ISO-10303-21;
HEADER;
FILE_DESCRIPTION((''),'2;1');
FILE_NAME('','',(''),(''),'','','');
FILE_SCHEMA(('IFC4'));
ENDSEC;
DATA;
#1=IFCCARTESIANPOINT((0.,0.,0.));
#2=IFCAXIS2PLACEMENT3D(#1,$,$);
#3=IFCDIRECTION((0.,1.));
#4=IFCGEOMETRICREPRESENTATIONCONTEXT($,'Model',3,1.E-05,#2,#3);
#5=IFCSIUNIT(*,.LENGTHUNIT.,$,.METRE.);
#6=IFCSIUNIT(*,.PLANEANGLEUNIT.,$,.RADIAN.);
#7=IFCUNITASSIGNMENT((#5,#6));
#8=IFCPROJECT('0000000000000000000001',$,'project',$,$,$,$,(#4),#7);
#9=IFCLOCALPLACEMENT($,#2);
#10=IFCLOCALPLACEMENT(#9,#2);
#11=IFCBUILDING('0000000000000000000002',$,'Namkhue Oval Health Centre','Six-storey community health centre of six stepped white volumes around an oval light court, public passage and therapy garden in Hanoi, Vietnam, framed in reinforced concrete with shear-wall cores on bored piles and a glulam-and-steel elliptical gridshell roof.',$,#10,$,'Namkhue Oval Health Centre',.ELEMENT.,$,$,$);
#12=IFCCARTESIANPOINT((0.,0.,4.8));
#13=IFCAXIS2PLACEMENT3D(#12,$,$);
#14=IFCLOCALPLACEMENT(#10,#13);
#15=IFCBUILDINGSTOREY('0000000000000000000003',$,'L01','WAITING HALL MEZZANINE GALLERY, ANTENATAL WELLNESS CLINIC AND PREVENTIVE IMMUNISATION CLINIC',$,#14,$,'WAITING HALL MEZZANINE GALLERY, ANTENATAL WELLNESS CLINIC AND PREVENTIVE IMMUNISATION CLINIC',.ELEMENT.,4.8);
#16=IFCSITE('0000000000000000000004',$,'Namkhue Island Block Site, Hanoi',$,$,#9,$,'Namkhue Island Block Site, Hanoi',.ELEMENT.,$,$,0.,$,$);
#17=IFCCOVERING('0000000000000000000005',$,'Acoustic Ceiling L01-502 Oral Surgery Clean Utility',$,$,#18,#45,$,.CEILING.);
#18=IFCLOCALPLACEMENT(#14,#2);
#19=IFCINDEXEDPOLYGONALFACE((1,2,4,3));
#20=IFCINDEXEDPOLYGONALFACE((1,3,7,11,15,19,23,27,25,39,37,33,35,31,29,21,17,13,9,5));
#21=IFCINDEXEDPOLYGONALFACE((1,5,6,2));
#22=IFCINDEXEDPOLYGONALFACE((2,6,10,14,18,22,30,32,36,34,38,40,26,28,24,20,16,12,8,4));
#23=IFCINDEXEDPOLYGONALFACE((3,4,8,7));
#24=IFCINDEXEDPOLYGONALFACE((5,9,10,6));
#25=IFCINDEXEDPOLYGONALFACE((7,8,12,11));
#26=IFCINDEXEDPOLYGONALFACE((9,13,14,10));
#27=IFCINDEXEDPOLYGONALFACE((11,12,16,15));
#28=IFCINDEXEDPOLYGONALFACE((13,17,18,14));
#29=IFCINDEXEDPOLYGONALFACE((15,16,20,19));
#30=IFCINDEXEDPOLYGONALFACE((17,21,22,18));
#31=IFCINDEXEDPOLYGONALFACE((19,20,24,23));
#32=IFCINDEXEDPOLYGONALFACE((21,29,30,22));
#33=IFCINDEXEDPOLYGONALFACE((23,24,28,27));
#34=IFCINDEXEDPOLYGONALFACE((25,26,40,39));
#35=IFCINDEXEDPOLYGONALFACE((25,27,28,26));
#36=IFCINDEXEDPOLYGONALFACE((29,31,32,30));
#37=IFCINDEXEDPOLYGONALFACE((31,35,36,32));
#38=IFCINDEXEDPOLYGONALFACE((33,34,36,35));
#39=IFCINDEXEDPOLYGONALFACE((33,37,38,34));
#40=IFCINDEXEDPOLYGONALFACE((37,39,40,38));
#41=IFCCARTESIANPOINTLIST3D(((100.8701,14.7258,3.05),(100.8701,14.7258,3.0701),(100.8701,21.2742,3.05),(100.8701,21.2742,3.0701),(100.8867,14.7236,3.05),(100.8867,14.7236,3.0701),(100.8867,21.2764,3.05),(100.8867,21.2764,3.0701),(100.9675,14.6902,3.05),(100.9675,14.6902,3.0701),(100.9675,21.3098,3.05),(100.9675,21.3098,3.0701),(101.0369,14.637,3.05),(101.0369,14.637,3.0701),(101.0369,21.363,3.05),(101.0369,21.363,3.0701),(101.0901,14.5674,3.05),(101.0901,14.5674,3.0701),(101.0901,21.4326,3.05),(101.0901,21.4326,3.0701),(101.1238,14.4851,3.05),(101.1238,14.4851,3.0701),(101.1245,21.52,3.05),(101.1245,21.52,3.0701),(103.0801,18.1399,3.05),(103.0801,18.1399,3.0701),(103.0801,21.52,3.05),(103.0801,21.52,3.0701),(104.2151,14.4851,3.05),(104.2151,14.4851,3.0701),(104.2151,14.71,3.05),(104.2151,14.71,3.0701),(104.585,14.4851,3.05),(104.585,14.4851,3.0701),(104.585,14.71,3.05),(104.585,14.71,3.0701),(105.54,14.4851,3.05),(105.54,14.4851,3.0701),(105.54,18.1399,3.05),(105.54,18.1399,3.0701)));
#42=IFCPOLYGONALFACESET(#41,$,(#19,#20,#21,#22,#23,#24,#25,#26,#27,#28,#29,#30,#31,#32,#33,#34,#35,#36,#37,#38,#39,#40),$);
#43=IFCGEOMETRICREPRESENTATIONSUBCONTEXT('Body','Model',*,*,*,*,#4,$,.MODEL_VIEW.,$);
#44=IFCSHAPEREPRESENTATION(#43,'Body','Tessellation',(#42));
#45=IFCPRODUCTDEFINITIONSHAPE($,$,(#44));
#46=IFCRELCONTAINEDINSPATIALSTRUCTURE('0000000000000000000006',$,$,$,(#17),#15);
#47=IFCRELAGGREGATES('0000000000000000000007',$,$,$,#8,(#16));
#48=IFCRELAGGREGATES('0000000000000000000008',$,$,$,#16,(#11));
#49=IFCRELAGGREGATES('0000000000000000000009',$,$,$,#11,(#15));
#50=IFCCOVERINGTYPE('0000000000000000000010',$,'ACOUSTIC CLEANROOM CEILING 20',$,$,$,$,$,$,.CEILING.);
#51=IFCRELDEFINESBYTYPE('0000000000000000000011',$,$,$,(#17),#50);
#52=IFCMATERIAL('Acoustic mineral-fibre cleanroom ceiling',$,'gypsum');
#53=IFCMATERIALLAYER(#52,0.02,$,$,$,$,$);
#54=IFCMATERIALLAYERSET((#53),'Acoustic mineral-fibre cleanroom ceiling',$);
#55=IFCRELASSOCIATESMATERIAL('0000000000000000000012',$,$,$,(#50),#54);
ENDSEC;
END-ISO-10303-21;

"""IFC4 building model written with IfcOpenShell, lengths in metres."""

from ifc_helpers import new_model, si_unit, direction, frame, origin, place, context, subcontext, project, spatial, polyline, outline, extrude, material, layer, layer_set, type_object, element, save


model = new_model("IFC4")

# Units and contexts
model_context = context("Model", 3, precision=1e-05, world=origin(), true_north=direction((0.0, 1.0)))
body_context = subcontext(model_context, "Body", "Model", "MODEL_VIEW")
ifc_project = project(units=[si_unit("LENGTHUNIT", "METRE"), si_unit("PLANEANGLEUNIT", "RADIAN")], contexts=[model_context])

# Site, building, storey
site_placement = place(None, origin())
site = spatial("IfcSite", under=ifc_project, at=site_placement, Name="Namkhue Island Block Site, Hanoi", LongName="Namkhue Island Block Site, Hanoi", CompositionType="ELEMENT", RefElevation=0.0)
building_placement = place(site_placement, origin())
building = spatial("IfcBuilding", under=site, at=building_placement, Name="Namkhue Oval Health Centre", Description="Six-storey community health centre of six stepped white volumes around an oval light court, public passage and therapy garden in Hanoi, Vietnam, framed in reinforced concrete with shear-wall cores on bored piles and a glulam-and-steel elliptical gridshell roof.", LongName="Namkhue Oval Health Centre", CompositionType="ELEMENT")
storey_placement = place(building_placement, frame((0.0, 0.0, 4.8)))
storey = spatial("IfcBuildingStorey", under=building, at=storey_placement, Name="L01", Description="WAITING HALL MEZZANINE GALLERY, ANTENATAL WELLNESS CLINIC AND PREVENTIVE IMMUNISATION CLINIC", LongName="WAITING HALL MEZZANINE GALLERY, ANTENATAL WELLNESS CLINIC AND PREVENTIVE IMMUNISATION CLINIC", CompositionType="ELEMENT", Elevation=4.8)

# Covering
ifc_material = material(Name="Acoustic mineral-fibre cleanroom ceiling", Category="gypsum")
ifc_layer = layer(ifc_material, 0.02)
ifc_layer_set = layer_set([ifc_layer], Name="Acoustic mineral-fibre cleanroom ceiling")
covering_type = type_object("IfcCoveringType", Name="ACOUSTIC CLEANROOM CEILING 20", PredefinedType="CEILING", material=ifc_layer_set)
covering_1_placement = place(storey_placement, frame((0.0, 0.0, 3.05)))
element("IfcCovering", 1, at=covering_1_placement, inside=storey, type_object=covering_type, Name="Acoustic Ceiling L01-502 Oral Surgery Clean Utility", PredefinedType="CEILING", context=body_context, shape_type="SweptSolid", body=[
    extrude(outline(polyline([(103.0801, 21.52), (103.0801, 18.1399), (105.54, 18.1399), (105.54, 14.4851), (104.585, 14.4851), (104.585, 14.71), (104.2151, 14.71), (104.2151, 14.4851), (101.1238, 14.4851), (101.0901, 14.5674), (101.0369, 14.637), (100.9675, 14.6902), (100.8867, 14.7236), (100.8701, 14.7258), (100.8701, 21.2742), (100.8867, 21.2764), (100.9675, 21.3098), (101.0369, 21.363), (101.0901, 21.4326), (101.1245, 21.52), (103.0801, 21.52)])), origin(), (0.0, 0.0, 1.0), 0.02),
])

save(model, "model.ifc")
